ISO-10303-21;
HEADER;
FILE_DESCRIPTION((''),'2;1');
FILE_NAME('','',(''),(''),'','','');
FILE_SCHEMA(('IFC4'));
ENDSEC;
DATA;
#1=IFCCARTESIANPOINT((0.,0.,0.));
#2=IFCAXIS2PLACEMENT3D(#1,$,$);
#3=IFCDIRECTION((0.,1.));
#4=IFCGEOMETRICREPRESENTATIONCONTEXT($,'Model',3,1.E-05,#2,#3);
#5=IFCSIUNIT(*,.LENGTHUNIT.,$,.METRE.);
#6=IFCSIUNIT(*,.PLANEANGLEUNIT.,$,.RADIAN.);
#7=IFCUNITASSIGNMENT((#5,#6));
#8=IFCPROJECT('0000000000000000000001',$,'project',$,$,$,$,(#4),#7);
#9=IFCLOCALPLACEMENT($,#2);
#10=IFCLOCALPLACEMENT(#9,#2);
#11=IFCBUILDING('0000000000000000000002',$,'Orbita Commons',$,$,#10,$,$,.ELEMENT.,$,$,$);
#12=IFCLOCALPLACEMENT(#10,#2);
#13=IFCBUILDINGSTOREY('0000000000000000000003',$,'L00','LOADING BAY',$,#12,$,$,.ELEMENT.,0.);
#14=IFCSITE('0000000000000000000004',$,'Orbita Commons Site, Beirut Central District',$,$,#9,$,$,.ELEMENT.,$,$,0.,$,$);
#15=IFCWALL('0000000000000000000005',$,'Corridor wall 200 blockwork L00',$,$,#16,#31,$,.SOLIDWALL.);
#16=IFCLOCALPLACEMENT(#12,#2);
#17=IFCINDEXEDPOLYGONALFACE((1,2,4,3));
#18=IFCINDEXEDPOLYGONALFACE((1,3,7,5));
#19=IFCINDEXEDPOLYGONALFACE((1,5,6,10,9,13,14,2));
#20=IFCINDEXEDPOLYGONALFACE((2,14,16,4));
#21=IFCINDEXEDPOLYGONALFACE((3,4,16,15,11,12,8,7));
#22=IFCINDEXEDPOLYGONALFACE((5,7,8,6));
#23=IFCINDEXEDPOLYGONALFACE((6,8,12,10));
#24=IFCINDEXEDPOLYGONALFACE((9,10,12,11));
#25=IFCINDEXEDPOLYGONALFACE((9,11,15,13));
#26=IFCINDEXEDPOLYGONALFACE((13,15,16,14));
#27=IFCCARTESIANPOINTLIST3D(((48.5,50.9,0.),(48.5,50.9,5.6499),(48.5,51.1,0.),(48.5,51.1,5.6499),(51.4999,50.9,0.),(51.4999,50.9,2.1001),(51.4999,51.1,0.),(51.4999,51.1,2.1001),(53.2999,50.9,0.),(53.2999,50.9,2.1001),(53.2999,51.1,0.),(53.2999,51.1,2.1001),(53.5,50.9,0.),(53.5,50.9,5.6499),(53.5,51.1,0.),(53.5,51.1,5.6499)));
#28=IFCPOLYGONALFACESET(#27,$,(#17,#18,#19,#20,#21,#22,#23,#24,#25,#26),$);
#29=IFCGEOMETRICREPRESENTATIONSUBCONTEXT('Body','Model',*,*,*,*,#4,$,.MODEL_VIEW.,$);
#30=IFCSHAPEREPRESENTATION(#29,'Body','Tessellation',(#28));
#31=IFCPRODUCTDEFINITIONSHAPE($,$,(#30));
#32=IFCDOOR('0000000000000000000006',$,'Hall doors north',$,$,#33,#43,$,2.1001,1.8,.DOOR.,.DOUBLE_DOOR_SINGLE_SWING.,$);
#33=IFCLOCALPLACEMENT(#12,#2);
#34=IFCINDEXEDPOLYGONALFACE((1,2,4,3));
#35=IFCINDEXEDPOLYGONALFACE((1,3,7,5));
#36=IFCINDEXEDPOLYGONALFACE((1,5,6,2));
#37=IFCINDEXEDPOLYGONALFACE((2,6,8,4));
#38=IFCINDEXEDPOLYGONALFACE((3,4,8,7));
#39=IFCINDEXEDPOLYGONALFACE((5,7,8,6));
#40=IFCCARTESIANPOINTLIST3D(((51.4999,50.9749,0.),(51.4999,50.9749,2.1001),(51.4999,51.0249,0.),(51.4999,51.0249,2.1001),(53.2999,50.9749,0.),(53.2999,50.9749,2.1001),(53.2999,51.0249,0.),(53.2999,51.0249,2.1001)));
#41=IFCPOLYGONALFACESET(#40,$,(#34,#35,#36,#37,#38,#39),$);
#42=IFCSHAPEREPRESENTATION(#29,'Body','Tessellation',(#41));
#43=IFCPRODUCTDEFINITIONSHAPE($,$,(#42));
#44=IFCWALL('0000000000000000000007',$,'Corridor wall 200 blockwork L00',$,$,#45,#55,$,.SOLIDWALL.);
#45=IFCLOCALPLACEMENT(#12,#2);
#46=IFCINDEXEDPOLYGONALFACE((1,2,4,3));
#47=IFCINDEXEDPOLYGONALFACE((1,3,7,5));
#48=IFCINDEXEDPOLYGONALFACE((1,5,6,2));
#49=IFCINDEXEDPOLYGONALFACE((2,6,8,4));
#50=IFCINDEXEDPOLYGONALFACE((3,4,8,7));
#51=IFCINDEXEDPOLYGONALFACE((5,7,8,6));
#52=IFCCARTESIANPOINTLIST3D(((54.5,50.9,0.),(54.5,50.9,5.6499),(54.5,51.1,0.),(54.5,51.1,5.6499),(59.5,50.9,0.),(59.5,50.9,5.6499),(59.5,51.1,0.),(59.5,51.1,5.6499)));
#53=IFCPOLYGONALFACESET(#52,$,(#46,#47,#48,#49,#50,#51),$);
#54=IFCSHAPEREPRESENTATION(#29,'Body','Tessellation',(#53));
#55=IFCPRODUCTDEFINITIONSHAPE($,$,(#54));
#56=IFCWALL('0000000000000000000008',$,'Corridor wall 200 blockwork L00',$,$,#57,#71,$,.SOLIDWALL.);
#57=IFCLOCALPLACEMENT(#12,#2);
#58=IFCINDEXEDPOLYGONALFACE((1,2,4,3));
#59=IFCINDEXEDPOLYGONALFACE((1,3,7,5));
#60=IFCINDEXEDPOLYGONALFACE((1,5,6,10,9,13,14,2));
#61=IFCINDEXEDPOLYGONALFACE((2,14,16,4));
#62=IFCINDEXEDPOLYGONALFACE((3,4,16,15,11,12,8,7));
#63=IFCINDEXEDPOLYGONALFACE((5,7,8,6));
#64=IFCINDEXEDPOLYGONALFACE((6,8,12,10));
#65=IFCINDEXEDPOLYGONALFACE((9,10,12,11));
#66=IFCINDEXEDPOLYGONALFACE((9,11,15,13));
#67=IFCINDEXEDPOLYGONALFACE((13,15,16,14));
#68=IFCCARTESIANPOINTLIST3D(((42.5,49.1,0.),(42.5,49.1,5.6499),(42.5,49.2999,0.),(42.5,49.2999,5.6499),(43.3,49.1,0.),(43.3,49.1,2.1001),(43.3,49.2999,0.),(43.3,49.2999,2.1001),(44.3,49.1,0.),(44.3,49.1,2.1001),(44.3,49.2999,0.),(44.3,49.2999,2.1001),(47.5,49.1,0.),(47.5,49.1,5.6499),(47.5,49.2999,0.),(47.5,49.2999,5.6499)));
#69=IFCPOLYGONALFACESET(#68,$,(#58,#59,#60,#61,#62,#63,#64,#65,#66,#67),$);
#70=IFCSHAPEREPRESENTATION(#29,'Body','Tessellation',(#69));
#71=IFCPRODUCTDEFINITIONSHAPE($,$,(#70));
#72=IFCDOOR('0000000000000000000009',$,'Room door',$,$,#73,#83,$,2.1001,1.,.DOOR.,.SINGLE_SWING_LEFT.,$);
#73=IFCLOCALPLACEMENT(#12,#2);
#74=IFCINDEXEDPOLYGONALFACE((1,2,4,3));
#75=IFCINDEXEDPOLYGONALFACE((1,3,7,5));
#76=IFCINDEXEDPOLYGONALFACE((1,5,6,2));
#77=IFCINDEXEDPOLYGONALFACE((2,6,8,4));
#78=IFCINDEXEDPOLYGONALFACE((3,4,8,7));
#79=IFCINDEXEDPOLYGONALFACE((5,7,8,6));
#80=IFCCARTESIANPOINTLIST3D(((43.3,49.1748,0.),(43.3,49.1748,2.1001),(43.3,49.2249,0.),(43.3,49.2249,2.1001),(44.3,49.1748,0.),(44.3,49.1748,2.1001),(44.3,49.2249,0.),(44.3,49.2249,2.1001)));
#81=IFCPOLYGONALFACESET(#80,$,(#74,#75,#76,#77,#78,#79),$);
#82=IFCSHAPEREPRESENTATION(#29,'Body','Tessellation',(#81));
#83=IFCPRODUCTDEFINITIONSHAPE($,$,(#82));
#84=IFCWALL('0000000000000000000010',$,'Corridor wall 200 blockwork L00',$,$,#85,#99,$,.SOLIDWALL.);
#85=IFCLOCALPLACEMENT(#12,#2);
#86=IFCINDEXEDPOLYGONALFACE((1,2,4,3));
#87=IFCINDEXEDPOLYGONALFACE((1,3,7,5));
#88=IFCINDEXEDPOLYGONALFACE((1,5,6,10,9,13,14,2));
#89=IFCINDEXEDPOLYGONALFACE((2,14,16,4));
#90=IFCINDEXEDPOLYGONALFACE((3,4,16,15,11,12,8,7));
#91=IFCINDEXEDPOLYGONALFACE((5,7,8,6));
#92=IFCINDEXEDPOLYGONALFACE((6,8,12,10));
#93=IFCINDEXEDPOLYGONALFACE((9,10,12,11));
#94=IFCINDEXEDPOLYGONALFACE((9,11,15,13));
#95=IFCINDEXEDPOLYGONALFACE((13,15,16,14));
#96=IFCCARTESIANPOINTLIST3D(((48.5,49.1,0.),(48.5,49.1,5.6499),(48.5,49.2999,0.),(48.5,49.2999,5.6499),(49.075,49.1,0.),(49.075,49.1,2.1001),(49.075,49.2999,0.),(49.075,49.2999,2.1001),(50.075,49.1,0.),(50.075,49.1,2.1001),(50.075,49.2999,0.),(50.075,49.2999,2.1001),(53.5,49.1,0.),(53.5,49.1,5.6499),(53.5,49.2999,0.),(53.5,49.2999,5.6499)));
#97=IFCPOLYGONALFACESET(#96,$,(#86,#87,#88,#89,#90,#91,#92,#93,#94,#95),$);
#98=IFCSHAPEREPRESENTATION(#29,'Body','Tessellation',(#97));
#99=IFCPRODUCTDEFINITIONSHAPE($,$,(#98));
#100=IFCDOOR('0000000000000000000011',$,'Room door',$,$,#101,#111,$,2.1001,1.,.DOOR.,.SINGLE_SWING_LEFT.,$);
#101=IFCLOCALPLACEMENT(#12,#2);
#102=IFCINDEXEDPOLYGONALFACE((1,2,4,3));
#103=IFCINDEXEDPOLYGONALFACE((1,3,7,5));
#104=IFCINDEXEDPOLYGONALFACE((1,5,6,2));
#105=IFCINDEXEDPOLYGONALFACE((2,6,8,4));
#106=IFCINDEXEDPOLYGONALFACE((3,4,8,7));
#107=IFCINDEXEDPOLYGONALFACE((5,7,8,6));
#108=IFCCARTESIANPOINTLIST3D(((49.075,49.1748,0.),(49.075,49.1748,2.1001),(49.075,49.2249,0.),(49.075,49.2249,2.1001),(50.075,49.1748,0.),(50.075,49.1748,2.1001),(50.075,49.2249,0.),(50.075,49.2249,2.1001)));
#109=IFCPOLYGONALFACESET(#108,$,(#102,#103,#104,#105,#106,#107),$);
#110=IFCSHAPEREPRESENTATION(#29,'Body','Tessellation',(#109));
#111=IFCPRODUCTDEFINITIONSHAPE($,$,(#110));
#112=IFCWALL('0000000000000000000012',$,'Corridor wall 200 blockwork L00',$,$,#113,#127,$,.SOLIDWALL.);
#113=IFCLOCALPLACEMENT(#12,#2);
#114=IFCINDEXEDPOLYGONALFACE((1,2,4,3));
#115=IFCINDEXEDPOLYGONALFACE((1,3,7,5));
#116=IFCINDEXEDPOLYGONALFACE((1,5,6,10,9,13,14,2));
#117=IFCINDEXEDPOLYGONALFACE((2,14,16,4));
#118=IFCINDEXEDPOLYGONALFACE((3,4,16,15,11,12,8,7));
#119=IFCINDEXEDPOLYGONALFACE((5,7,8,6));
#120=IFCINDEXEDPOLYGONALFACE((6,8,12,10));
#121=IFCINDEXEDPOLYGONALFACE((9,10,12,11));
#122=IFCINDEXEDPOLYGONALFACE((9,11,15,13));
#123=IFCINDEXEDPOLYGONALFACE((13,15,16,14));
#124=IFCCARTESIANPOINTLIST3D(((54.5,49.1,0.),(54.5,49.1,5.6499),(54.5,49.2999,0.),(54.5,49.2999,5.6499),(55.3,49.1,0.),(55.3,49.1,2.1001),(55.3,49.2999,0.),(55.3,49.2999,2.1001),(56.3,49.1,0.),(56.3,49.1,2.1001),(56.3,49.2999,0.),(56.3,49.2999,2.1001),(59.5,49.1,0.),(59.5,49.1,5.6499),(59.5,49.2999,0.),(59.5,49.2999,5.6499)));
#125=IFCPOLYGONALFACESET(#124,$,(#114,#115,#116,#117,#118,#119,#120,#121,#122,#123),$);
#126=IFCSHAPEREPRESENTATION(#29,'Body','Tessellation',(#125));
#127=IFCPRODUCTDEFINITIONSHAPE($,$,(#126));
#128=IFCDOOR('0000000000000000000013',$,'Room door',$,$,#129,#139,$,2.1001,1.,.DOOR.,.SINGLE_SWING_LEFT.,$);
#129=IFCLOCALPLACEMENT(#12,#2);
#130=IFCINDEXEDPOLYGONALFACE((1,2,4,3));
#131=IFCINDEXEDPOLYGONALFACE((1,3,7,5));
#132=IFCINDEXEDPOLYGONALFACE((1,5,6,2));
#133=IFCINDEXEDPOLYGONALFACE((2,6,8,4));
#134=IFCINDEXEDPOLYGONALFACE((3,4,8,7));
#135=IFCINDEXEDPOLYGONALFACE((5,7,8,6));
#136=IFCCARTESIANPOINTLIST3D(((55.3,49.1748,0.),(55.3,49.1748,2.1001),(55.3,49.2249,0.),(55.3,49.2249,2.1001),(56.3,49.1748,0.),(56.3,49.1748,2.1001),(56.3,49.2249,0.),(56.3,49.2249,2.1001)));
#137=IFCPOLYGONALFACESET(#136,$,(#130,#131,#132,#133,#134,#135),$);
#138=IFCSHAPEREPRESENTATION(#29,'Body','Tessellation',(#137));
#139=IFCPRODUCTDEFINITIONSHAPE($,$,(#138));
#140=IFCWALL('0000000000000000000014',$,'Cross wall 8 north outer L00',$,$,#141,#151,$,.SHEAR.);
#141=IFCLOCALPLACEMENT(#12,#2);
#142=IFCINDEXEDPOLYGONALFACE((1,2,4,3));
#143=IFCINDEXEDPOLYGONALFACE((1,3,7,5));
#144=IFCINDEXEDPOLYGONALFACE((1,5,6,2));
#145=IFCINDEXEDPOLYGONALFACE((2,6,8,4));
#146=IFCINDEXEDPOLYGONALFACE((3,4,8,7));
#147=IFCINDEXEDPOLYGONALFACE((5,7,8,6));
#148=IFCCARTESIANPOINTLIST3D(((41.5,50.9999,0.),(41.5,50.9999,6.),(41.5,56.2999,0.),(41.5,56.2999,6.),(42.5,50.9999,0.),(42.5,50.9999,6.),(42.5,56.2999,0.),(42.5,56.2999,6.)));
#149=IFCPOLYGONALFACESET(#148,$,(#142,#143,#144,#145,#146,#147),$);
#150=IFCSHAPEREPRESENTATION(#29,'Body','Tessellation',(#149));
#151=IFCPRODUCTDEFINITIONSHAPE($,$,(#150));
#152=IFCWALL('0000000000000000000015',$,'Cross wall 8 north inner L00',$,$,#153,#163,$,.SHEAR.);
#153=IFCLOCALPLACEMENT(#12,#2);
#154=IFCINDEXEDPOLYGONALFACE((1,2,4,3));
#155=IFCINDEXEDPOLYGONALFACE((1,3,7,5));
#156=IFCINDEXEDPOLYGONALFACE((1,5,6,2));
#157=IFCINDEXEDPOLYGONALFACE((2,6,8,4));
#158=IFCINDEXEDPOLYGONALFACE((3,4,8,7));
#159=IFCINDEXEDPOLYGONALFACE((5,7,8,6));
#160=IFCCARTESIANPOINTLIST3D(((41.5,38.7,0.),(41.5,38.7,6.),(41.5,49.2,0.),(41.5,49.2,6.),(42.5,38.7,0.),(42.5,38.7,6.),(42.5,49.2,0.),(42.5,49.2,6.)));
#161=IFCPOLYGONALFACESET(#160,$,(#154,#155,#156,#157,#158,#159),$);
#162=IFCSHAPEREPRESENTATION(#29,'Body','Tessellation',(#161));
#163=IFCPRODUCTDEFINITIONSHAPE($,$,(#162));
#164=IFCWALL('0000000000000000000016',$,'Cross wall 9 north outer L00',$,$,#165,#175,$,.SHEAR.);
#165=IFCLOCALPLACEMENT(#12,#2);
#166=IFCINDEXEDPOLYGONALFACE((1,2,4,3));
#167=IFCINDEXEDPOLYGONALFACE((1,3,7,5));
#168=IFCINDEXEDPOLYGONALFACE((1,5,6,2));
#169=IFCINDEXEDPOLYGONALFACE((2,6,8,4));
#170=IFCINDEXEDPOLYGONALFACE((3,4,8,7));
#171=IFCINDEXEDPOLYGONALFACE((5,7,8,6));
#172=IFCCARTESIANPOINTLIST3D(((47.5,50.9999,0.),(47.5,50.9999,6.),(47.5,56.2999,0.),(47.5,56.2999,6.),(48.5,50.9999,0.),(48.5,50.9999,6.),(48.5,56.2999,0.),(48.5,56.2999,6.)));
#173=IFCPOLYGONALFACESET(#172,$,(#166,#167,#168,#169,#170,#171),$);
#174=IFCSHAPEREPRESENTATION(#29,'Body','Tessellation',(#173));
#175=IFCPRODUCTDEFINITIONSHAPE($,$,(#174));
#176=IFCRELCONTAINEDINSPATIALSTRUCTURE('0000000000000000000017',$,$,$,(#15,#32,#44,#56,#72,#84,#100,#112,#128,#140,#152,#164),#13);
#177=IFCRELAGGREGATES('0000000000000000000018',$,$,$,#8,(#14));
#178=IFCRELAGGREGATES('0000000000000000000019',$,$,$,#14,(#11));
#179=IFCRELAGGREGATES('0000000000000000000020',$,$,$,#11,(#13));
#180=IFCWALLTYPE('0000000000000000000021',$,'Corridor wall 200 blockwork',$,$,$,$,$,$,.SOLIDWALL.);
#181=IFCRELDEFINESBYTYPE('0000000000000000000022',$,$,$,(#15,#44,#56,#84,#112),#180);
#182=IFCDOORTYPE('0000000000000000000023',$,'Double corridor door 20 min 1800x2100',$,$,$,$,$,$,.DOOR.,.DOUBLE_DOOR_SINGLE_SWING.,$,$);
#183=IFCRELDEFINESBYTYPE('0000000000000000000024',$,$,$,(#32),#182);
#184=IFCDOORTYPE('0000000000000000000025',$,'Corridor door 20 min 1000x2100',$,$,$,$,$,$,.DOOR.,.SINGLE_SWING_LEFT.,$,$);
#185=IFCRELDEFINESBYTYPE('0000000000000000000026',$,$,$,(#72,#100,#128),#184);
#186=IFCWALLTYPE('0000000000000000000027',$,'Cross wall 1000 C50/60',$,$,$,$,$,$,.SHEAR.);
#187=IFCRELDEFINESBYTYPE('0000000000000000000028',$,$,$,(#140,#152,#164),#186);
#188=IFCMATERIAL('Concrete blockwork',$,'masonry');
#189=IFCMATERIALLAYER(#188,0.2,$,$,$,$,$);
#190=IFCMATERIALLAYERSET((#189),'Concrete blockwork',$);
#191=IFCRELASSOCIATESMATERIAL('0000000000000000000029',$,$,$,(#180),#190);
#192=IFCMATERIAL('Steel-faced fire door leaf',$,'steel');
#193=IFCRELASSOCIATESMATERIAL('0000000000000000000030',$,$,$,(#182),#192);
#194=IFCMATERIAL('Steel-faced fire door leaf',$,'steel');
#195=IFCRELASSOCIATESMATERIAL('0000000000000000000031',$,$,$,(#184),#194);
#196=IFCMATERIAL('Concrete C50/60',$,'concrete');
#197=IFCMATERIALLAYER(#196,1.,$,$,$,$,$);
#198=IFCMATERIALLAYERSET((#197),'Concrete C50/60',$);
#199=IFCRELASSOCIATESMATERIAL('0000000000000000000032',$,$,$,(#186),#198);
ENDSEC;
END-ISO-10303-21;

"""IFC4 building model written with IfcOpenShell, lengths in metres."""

from ifc_helpers import new_model, si_unit, direction, frame, frame_2d, origin, place, context, subcontext, project, spatial, rectangle, extrude, material, layer, layer_set, type_object, element, fill, save


model = new_model("IFC4")

# Units and contexts
model_context = context("Model", 3, precision=1e-05, world=origin(), true_north=direction((0.0, 1.0)))
body_context = subcontext(model_context, "Body", "Model", "MODEL_VIEW")
ifc_project = project(units=[si_unit("LENGTHUNIT", "METRE"), si_unit("PLANEANGLEUNIT", "RADIAN")], contexts=[model_context])

# Site, building, storey
site_placement = place(None, origin())
site = spatial("IfcSite", under=ifc_project, at=site_placement, Name="Orbita Commons Site, Beirut Central District", CompositionType="ELEMENT", RefElevation=0.0)
building_placement = place(site_placement, origin())
building = spatial("IfcBuilding", under=site, at=building_placement, Name="Orbita Commons", CompositionType="ELEMENT")
storey_placement = place(building_placement, origin())
storey = spatial("IfcBuildingStorey", under=building, at=storey_placement, Name="L00", Description="LOADING BAY", CompositionType="ELEMENT", Elevation=0.0)

# Shared definitions
ifc_material_1 = material(Name="Concrete blockwork", Category="masonry")
ifc_layer_1 = layer(ifc_material_1, 0.2)
ifc_layer_set_1 = layer_set([ifc_layer_1], Name="Concrete blockwork")
wall_type_1 = type_object("IfcWallType", Name="Corridor wall 200 blockwork", PredefinedType="SOLIDWALL", material=ifc_layer_set_1)

# Wall, opening, door
wall_1_placement = place(storey_placement, frame((48.5, 51.0, 0.0), z_axis=(0.0, 0.0, 1.0), x_axis=(1.0, 0.0, 0.0)))
wall_1 = element("IfcWall", 1, at=wall_1_placement, inside=storey, type_object=wall_type_1, Name="Corridor wall 200 blockwork L00", PredefinedType="SOLIDWALL", context=body_context, shape_type="SweptSolid", body=[
    extrude(rectangle(XDim=5.0, YDim=0.2, at=frame_2d((2.5, 0.0))), origin(), (0.0, 0.0, 1.0), 5.6499),
])
opening_1_placement = place(wall_1_placement, frame((3.0, 0.0, 0.0)))
opening_1 = element("IfcOpeningElement", 2, at=opening_1_placement, cuts=wall_1, PredefinedType="OPENING", context=body_context, shape_type="SweptSolid", body=[
    extrude(rectangle(XDim=1.8, YDim=2.1001, at=frame_2d((0.8999, 1.05))), frame((0.0, 0.1099, 0.0), z_axis=(0.0, -1.0, 0.0), x_axis=(1.0, 0.0, 0.0)), (0.0, 0.0, 1.0), 0.22),
])
ifc_material_2 = material(Name="Steel-faced fire door leaf", Category="steel")
door_type_1 = type_object("IfcDoorType", Name="Double corridor door 20 min 1800x2100", OperationType="DOUBLE_DOOR_SINGLE_SWING", PredefinedType="DOOR", material=ifc_material_2)
door_1_placement = place(opening_1_placement, origin())
door_1 = element("IfcDoor", 3, at=door_1_placement, inside=storey, type_object=door_type_1, Name="Hall doors north", OperationType="DOUBLE_DOOR_SINGLE_SWING", OverallHeight=2.1001, OverallWidth=1.8, PredefinedType="DOOR", context=body_context, shape_type="SweptSolid", body=[
    extrude(rectangle(XDim=1.8, YDim=2.1001, at=frame_2d((0.8999, 1.05))), frame((0.0, 0.0249, 0.0), z_axis=(0.0, -1.0, 0.0), x_axis=(1.0, 0.0, 0.0)), (0.0, 0.0, 1.0), 0.05),
])
fill(opening_1, door_1)

# Wall
wall_2_placement = place(storey_placement, frame((54.5, 51.0, 0.0), z_axis=(0.0, 0.0, 1.0), x_axis=(1.0, 0.0, 0.0)))
element("IfcWall", 4, at=wall_2_placement, inside=storey, type_object=wall_type_1, Name="Corridor wall 200 blockwork L00", PredefinedType="SOLIDWALL", context=body_context, shape_type="SweptSolid", body=[
    extrude(rectangle(XDim=5.0, YDim=0.2, at=frame_2d((2.5, 0.0))), origin(), (0.0, 0.0, 1.0), 5.6499),
])

# Walls, openings, doors
wall_3_placement = place(storey_placement, frame((42.5, 49.2, 0.0), z_axis=(0.0, 0.0, 1.0), x_axis=(1.0, 0.0, 0.0)))
wall_3 = element("IfcWall", 5, at=wall_3_placement, inside=storey, type_object=wall_type_1, Name="Corridor wall 200 blockwork L00", PredefinedType="SOLIDWALL", context=body_context, shape_type="SweptSolid", body=[
    extrude(rectangle(XDim=5.0, YDim=0.2, at=frame_2d((2.5, 0.0))), origin(), (0.0, 0.0, 1.0), 5.6499),
])
opening_2_placement = place(wall_3_placement, frame((0.8, 0.0, 0.0)))
opening_2 = element("IfcOpeningElement", 6, at=opening_2_placement, cuts=wall_3, PredefinedType="OPENING", context=body_context, shape_type="SweptSolid", body=[
    extrude(rectangle(XDim=1.0, YDim=2.1001, at=frame_2d((0.5, 1.05))), frame((0.0, 0.1099, 0.0), z_axis=(0.0, -1.0, 0.0), x_axis=(1.0, 0.0, 0.0)), (0.0, 0.0, 1.0), 0.22),
])
ifc_material_3 = material(Name="Steel-faced fire door leaf", Category="steel")
door_type_2 = type_object("IfcDoorType", Name="Corridor door 20 min 1000x2100", OperationType="SINGLE_SWING_LEFT", PredefinedType="DOOR", material=ifc_material_3)
door_2_placement = place(opening_2_placement, origin())
door_2 = element("IfcDoor", 7, at=door_2_placement, inside=storey, type_object=door_type_2, Name="Room door", OperationType="SINGLE_SWING_LEFT", OverallHeight=2.1001, OverallWidth=1.0, PredefinedType="DOOR", context=body_context, shape_type="SweptSolid", body=[
    extrude(rectangle(XDim=1.0, YDim=2.1001, at=frame_2d((0.5, 1.05))), frame((0.0, 0.0249, 0.0), z_axis=(0.0, -1.0, 0.0), x_axis=(1.0, 0.0, 0.0)), (0.0, 0.0, 1.0), 0.05),
])
fill(opening_2, door_2)
wall_4_placement = place(storey_placement, frame((48.5, 49.2, 0.0), z_axis=(0.0, 0.0, 1.0), x_axis=(1.0, 0.0, 0.0)))
wall_4 = element("IfcWall", 8, at=wall_4_placement, inside=storey, type_object=wall_type_1, Name="Corridor wall 200 blockwork L00", PredefinedType="SOLIDWALL", context=body_context, shape_type="SweptSolid", body=[
    extrude(rectangle(XDim=5.0, YDim=0.2, at=frame_2d((2.5, 0.0))), origin(), (0.0, 0.0, 1.0), 5.6499),
])
opening_3_placement = place(wall_4_placement, frame((0.575, 0.0, 0.0)))
opening_3 = element("IfcOpeningElement", 9, at=opening_3_placement, cuts=wall_4, PredefinedType="OPENING", context=body_context, shape_type="SweptSolid", body=[
    extrude(rectangle(XDim=1.0, YDim=2.1001, at=frame_2d((0.5, 1.05))), frame((0.0, 0.1099, 0.0), z_axis=(0.0, -1.0, 0.0), x_axis=(1.0, 0.0, 0.0)), (0.0, 0.0, 1.0), 0.22),
])
door_3_placement = place(opening_3_placement, origin())
door_3 = element("IfcDoor", 10, at=door_3_placement, inside=storey, type_object=door_type_2, Name="Room door", OperationType="SINGLE_SWING_LEFT", OverallHeight=2.1001, OverallWidth=1.0, PredefinedType="DOOR", context=body_context, shape_type="SweptSolid", body=[
    extrude(rectangle(XDim=1.0, YDim=2.1001, at=frame_2d((0.5, 1.05))), frame((0.0, 0.0249, 0.0), z_axis=(0.0, -1.0, 0.0), x_axis=(1.0, 0.0, 0.0)), (0.0, 0.0, 1.0), 0.05),
])
fill(opening_3, door_3)
wall_5_placement = place(storey_placement, frame((54.5, 49.2, 0.0), z_axis=(0.0, 0.0, 1.0), x_axis=(1.0, 0.0, 0.0)))
wall_5 = element("IfcWall", 11, at=wall_5_placement, inside=storey, type_object=wall_type_1, Name="Corridor wall 200 blockwork L00", PredefinedType="SOLIDWALL", context=body_context, shape_type="SweptSolid", body=[
    extrude(rectangle(XDim=5.0, YDim=0.2, at=frame_2d((2.5, 0.0))), origin(), (0.0, 0.0, 1.0), 5.6499),
])
opening_4_placement = place(wall_5_placement, frame((0.8, 0.0, 0.0)))
opening_4 = element("IfcOpeningElement", 12, at=opening_4_placement, cuts=wall_5, PredefinedType="OPENING", context=body_context, shape_type="SweptSolid", body=[
    extrude(rectangle(XDim=1.0, YDim=2.1001, at=frame_2d((0.5, 1.05))), frame((0.0, 0.1099, 0.0), z_axis=(0.0, -1.0, 0.0), x_axis=(1.0, 0.0, 0.0)), (0.0, 0.0, 1.0), 0.22),
])
door_4_placement = place(opening_4_placement, origin())
door_4 = element("IfcDoor", 13, at=door_4_placement, inside=storey, type_object=door_type_2, Name="Room door", OperationType="SINGLE_SWING_LEFT", OverallHeight=2.1001, OverallWidth=1.0, PredefinedType="DOOR", context=body_context, shape_type="SweptSolid", body=[
    extrude(rectangle(XDim=1.0, YDim=2.1001, at=frame_2d((0.5, 1.05))), frame((0.0, 0.0249, 0.0), z_axis=(0.0, -1.0, 0.0), x_axis=(1.0, 0.0, 0.0)), (0.0, 0.0, 1.0), 0.05),
])
fill(opening_4, door_4)

# Walls
ifc_material_4 = material(Name="Concrete C50/60", Category="concrete")
ifc_layer_2 = layer(ifc_material_4, 1.0)
ifc_layer_set_2 = layer_set([ifc_layer_2], Name="Concrete C50/60")
wall_type_2 = type_object("IfcWallType", Name="Cross wall 1000 C50/60", PredefinedType="SHEAR", material=ifc_layer_set_2)
wall_6_placement = place(storey_placement, frame((42.0, 51.0, 0.0), z_axis=(0.0, 0.0, 1.0), x_axis=(0.0, 1.0, 0.0)))
element("IfcWall", 14, at=wall_6_placement, inside=storey, type_object=wall_type_2, Name="Cross wall 8 north outer L00", PredefinedType="SHEAR", context=body_context, shape_type="SweptSolid", body=[
    extrude(rectangle(XDim=5.3, YDim=1.0, at=frame_2d((2.6499, 0.0))), origin(), (0.0, 0.0, 1.0), 6.0),
])
wall_7_placement = place(storey_placement, frame((42.0, 38.7, 0.0), z_axis=(0.0, 0.0, 1.0), x_axis=(0.0, 1.0, 0.0)))
element("IfcWall", 15, at=wall_7_placement, inside=storey, type_object=wall_type_2, Name="Cross wall 8 north inner L00", PredefinedType="SHEAR", context=body_context, shape_type="SweptSolid", body=[
    extrude(rectangle(XDim=10.5, YDim=1.0, at=frame_2d((5.25, 0.0))), origin(), (0.0, 0.0, 1.0), 6.0),
])
wall_8_placement = place(storey_placement, frame((48.0, 51.0, 0.0), z_axis=(0.0, 0.0, 1.0), x_axis=(0.0, 1.0, 0.0)))
element("IfcWall", 16, at=wall_8_placement, inside=storey, type_object=wall_type_2, Name="Cross wall 9 north outer L00", PredefinedType="SHEAR", context=body_context, shape_type="SweptSolid", body=[
    extrude(rectangle(XDim=5.3, YDim=1.0, at=frame_2d((2.6499, 0.0))), origin(), (0.0, 0.0, 1.0), 6.0),
])

save(model, "model.ifc")
